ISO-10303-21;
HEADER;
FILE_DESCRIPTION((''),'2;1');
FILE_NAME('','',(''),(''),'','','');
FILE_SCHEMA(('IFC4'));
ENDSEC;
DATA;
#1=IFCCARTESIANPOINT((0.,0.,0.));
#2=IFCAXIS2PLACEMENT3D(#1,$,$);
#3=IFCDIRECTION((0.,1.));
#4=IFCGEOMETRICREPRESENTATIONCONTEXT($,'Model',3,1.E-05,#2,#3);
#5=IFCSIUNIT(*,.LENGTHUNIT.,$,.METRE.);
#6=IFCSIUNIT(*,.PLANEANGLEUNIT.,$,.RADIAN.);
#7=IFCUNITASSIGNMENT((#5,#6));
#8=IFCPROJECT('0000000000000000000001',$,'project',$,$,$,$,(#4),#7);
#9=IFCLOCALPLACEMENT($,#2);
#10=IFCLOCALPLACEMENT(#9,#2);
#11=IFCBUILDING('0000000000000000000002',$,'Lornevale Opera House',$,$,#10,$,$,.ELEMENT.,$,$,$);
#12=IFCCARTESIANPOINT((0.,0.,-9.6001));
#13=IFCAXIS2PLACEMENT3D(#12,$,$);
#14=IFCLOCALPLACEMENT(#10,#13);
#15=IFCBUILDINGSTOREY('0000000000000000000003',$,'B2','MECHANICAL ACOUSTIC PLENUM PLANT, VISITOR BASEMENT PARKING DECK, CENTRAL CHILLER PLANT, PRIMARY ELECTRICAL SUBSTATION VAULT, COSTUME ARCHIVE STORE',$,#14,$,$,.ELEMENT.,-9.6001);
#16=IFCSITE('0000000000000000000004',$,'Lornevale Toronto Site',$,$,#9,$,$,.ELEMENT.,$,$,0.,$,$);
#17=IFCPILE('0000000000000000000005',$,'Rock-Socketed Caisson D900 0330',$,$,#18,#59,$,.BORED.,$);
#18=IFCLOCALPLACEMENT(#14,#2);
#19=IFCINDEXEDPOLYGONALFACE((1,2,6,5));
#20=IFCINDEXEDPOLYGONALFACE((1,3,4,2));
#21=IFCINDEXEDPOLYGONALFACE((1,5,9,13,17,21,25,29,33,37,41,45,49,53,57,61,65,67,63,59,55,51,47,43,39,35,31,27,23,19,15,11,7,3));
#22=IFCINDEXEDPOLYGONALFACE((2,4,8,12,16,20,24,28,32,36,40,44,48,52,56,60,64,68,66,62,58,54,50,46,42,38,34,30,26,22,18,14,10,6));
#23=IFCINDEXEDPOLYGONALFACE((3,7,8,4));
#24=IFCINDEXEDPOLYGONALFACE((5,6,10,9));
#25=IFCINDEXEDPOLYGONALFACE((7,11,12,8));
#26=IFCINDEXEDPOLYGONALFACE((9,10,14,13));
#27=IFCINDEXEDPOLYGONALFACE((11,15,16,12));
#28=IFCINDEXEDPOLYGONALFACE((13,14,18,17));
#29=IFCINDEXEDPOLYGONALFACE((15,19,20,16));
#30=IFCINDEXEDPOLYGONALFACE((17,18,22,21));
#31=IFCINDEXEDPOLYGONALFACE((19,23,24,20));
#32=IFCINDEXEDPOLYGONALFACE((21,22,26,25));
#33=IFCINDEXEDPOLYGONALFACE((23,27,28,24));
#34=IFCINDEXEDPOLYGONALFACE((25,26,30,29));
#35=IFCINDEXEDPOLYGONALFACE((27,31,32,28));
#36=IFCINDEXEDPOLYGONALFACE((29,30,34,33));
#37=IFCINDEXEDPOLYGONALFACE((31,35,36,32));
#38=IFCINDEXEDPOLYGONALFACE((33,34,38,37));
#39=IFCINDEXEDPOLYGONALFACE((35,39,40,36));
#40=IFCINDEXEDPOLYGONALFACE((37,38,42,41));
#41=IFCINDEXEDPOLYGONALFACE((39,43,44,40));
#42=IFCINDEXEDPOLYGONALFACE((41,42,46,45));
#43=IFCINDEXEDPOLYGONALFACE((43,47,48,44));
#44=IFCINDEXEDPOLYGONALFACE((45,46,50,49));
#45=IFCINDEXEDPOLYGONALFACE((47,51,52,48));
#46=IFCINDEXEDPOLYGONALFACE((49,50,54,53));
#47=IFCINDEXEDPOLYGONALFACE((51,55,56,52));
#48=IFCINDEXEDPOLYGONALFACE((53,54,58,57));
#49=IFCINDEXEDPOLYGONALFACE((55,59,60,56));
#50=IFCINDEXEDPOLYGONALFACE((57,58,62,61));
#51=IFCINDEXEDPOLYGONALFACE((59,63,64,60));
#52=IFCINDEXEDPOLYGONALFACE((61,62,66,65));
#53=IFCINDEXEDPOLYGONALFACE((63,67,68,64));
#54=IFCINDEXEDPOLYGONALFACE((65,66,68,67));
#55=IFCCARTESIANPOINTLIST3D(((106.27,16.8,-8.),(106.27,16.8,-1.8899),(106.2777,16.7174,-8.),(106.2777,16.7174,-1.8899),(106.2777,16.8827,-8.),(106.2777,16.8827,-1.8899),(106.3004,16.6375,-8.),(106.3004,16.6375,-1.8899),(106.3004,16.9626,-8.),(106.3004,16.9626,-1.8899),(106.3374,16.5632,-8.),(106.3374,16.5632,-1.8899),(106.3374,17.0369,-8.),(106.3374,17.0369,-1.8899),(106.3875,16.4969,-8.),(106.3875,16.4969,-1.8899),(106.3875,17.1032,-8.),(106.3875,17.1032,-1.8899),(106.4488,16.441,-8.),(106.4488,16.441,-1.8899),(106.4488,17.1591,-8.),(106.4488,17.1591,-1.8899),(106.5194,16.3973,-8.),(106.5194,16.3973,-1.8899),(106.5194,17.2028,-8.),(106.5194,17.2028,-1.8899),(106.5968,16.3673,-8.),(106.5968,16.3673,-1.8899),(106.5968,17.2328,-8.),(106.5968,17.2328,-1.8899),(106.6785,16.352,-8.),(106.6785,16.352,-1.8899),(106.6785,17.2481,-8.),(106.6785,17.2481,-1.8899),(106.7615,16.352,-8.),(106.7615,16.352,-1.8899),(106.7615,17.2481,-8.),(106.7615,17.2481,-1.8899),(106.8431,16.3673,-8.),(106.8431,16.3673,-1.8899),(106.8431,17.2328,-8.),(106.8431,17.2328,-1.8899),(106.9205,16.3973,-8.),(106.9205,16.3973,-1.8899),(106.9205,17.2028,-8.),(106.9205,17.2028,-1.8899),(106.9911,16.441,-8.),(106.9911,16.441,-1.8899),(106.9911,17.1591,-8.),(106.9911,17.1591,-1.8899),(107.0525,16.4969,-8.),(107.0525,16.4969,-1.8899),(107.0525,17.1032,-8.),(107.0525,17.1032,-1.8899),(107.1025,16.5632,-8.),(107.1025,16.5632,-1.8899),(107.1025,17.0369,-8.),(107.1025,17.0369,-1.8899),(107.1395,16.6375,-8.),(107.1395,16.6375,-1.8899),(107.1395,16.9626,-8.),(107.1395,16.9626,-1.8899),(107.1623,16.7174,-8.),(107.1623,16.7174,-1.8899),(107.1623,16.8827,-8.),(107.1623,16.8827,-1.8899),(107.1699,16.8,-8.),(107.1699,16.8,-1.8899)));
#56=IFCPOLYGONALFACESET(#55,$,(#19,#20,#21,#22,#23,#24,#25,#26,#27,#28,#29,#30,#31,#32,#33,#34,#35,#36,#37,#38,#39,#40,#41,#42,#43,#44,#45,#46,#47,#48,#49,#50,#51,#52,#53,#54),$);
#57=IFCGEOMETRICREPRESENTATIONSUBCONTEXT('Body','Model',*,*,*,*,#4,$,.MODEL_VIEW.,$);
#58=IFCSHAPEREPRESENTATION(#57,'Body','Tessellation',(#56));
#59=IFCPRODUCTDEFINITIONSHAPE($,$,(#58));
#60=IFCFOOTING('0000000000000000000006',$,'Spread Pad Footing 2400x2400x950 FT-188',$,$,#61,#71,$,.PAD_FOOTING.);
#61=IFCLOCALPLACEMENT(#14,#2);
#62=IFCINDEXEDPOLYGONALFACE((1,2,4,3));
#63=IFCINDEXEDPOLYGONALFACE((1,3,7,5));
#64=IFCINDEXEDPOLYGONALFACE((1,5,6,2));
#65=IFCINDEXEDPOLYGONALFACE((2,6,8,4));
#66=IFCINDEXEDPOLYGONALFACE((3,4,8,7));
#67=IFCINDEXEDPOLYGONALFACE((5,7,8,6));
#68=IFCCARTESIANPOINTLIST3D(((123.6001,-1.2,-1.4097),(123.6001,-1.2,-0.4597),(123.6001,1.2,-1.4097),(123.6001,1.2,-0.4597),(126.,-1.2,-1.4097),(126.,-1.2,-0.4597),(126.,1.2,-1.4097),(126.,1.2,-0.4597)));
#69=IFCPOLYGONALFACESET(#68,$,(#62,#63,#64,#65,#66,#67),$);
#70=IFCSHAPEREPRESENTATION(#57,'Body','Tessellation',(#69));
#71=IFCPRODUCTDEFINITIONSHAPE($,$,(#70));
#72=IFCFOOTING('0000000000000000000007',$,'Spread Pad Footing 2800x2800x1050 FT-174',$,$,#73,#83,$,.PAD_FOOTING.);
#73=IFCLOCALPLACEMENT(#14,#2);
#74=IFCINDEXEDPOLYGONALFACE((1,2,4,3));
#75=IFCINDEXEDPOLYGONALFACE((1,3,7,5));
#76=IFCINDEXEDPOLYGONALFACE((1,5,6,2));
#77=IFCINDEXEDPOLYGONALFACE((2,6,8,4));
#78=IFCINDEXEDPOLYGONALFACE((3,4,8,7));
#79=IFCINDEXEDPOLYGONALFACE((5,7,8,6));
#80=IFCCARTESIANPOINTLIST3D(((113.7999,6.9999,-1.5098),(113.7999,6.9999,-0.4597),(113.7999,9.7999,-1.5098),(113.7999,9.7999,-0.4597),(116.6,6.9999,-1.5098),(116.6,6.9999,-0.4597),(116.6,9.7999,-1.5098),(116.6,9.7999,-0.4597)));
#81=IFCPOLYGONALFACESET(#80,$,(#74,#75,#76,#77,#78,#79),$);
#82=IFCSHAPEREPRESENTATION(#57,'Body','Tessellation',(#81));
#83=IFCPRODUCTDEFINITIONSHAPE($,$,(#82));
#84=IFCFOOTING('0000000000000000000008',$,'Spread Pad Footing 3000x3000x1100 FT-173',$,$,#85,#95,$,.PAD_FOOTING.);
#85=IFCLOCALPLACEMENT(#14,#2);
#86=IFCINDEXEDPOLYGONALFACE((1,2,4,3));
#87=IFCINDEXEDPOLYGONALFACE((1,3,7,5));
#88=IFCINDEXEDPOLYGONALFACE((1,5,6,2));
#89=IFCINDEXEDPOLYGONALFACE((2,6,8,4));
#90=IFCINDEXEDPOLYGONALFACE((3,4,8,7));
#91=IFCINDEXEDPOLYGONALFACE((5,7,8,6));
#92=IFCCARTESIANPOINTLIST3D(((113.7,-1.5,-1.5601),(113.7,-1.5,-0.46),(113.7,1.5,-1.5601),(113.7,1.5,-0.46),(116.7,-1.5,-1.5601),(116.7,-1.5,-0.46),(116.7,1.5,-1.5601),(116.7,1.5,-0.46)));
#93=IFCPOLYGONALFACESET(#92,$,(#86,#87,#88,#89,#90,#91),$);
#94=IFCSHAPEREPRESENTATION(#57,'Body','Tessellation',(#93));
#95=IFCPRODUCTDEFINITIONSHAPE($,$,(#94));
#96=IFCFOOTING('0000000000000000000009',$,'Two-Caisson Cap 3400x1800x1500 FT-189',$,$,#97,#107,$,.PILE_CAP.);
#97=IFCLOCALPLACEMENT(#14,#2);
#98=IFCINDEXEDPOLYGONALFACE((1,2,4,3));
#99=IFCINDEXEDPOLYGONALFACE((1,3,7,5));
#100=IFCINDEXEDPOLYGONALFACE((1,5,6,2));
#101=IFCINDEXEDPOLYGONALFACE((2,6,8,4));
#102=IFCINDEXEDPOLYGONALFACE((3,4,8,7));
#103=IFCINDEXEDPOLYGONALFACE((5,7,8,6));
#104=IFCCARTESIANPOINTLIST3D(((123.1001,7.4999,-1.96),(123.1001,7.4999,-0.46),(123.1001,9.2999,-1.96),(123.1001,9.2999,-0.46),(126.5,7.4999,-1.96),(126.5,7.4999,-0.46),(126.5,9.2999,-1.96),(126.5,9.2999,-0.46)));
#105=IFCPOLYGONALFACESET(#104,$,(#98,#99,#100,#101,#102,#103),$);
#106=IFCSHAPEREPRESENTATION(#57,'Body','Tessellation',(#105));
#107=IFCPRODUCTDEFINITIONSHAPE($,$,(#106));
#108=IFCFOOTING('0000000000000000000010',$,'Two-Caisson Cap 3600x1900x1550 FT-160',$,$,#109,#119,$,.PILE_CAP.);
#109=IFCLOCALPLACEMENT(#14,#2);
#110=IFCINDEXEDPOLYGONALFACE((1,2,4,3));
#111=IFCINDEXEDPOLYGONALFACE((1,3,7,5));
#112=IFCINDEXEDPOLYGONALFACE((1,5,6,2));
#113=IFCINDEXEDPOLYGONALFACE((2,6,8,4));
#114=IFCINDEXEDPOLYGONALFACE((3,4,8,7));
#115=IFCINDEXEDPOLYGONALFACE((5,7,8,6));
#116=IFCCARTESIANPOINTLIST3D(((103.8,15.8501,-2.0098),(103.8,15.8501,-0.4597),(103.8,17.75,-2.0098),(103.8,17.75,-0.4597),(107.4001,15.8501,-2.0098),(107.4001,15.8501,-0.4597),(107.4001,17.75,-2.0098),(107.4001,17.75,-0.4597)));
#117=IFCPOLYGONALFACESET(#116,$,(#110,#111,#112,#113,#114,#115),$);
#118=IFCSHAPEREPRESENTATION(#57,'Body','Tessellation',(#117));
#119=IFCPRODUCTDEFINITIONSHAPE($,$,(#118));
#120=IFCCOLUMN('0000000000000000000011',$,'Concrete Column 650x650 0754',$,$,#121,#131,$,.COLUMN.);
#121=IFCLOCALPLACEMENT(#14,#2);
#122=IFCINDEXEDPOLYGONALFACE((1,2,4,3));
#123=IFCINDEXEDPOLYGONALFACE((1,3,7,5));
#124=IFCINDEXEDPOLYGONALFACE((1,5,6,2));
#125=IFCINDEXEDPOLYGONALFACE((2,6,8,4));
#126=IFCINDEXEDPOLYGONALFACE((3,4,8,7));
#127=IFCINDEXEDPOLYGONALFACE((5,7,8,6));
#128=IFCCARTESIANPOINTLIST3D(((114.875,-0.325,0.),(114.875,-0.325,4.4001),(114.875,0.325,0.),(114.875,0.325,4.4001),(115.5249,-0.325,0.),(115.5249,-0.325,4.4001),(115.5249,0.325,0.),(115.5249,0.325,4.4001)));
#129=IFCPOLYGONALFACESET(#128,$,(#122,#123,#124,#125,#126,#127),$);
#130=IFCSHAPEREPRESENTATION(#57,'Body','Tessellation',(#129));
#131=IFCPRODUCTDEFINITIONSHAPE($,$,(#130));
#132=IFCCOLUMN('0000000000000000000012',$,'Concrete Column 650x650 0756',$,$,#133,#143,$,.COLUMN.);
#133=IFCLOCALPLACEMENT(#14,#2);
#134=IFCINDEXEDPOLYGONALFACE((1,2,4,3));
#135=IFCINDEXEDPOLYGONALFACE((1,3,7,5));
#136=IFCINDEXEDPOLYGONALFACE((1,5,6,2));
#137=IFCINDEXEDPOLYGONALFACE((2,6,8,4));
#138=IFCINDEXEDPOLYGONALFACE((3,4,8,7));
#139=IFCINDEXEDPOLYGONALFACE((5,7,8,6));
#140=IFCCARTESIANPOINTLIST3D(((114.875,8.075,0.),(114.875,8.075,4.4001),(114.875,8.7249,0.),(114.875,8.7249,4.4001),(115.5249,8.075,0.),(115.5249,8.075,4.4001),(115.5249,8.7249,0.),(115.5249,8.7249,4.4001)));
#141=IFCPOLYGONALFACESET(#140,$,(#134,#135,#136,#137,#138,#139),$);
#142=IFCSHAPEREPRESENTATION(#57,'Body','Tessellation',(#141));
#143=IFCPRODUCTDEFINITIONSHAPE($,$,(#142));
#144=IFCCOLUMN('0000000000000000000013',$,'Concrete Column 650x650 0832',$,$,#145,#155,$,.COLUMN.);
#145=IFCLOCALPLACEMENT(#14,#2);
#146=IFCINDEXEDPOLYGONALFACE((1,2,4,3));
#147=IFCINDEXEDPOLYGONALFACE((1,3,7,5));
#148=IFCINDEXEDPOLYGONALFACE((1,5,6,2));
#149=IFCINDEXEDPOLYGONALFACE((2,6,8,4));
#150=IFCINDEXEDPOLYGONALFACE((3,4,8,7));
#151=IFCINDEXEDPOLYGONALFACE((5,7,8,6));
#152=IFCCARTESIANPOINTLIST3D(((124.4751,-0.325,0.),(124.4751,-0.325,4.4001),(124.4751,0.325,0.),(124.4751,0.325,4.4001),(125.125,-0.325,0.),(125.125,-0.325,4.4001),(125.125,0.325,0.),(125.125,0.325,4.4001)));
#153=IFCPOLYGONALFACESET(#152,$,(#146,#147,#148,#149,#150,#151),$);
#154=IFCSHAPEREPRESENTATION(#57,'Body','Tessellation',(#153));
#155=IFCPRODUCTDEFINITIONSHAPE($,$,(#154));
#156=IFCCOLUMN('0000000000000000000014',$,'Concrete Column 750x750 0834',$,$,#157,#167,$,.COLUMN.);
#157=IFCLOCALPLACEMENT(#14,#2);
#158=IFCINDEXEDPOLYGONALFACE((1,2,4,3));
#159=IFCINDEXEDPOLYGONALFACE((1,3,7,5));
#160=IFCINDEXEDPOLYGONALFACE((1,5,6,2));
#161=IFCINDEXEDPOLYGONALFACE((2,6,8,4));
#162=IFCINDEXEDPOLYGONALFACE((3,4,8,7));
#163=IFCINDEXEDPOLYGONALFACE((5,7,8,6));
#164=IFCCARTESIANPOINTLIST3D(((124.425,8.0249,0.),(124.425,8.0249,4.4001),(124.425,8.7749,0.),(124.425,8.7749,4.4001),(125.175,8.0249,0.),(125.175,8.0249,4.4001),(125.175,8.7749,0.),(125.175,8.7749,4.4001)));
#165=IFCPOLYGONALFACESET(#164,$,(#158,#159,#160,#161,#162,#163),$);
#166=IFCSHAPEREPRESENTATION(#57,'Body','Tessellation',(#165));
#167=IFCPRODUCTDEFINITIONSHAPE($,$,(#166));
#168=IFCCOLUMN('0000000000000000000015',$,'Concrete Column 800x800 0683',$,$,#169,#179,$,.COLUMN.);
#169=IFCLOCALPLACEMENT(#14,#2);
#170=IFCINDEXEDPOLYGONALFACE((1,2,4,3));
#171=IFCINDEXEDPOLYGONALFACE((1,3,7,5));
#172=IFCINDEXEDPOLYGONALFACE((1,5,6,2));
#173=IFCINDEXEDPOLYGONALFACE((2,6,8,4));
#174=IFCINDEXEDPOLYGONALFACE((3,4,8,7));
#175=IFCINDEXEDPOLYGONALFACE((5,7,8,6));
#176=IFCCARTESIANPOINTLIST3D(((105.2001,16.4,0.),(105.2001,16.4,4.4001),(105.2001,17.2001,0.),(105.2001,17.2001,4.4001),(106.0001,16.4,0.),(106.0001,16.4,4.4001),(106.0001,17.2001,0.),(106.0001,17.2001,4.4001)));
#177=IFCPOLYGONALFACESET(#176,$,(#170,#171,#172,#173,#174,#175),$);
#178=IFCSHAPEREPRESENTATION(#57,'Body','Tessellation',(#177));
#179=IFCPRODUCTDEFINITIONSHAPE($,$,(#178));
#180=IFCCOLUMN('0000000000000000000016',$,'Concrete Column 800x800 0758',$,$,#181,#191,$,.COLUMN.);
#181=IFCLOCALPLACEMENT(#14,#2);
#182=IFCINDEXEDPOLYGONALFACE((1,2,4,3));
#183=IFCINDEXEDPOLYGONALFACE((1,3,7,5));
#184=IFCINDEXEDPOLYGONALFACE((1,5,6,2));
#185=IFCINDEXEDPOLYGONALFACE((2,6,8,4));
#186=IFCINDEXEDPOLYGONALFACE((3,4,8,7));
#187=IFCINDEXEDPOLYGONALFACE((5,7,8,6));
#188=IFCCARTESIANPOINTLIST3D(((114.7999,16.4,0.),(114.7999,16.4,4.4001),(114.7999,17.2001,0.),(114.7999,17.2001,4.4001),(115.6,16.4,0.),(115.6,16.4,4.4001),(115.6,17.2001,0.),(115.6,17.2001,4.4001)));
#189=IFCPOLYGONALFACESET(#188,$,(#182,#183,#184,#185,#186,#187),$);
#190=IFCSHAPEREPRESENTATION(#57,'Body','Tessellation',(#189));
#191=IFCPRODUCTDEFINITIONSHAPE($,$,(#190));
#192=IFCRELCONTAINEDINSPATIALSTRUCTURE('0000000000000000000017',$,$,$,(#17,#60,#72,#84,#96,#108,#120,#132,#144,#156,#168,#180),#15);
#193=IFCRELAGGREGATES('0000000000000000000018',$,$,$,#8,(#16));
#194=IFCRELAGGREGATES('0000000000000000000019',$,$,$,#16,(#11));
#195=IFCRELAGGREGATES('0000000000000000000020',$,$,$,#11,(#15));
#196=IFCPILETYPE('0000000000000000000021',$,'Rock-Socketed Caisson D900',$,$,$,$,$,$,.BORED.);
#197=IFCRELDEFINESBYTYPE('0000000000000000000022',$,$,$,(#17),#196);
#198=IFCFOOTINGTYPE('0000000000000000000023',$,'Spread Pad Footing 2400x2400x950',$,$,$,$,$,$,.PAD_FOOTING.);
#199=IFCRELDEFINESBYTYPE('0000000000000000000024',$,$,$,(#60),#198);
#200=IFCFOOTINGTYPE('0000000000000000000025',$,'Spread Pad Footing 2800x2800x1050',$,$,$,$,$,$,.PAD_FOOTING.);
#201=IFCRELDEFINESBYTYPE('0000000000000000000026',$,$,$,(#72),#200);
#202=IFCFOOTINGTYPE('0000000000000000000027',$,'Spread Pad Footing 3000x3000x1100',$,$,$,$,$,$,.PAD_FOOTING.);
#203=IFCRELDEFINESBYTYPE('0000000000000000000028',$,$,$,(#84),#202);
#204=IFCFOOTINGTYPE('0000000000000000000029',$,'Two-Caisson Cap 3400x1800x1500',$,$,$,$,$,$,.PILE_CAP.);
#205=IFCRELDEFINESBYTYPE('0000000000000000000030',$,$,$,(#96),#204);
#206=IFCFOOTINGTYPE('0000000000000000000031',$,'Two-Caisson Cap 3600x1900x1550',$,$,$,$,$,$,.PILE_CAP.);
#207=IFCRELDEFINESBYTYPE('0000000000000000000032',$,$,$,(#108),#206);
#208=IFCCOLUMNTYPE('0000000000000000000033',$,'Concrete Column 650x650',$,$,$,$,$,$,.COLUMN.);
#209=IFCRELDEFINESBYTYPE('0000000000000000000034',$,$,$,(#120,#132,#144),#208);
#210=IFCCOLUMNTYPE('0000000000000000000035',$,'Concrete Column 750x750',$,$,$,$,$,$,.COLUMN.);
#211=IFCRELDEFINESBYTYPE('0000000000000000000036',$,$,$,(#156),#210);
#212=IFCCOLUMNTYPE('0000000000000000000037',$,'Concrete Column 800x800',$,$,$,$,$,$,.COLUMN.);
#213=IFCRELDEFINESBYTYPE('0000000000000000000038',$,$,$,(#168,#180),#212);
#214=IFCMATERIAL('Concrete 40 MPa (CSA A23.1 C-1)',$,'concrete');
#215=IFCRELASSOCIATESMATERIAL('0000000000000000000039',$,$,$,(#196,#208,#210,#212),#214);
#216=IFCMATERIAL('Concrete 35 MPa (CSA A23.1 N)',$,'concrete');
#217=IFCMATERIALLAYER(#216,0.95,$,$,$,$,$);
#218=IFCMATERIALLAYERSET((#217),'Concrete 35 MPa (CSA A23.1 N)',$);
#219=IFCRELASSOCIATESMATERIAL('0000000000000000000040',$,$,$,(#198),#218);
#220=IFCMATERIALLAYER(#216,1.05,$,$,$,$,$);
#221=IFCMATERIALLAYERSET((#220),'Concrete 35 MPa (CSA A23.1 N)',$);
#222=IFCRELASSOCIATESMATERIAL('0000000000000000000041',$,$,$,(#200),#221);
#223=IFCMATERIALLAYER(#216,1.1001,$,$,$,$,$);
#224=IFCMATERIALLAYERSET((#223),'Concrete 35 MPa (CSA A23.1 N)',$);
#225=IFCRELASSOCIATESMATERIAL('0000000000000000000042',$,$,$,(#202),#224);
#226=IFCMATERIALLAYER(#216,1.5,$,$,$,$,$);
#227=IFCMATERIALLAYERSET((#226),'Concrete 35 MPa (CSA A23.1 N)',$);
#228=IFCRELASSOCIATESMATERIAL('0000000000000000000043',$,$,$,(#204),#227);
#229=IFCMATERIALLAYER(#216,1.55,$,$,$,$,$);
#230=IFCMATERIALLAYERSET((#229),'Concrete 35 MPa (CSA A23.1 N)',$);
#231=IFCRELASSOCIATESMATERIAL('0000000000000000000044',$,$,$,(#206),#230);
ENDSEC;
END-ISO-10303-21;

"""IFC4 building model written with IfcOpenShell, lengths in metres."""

from ifc_helpers import new_model, si_unit, direction, frame, origin, origin_2d, place, context, subcontext, project, spatial, rectangle, circle, extrude, material, layer, layer_set, material_profile, profile_set, type_object, element, save


model = new_model("IFC4")

# Units and contexts
model_context = context("Model", 3, precision=1e-05, world=origin(), true_north=direction((0.0, 1.0)))
body_context = subcontext(model_context, "Body", "Model", "MODEL_VIEW")
ifc_project = project(units=[si_unit("LENGTHUNIT", "METRE"), si_unit("PLANEANGLEUNIT", "RADIAN")], contexts=[model_context])

# Site, building, storey
site_placement = place(None, origin())
site = spatial("IfcSite", under=ifc_project, at=site_placement, Name="Lornevale Toronto Site", CompositionType="ELEMENT", RefElevation=0.0)
building_placement = place(site_placement, origin())
building = spatial("IfcBuilding", under=site, at=building_placement, Name="Lornevale Opera House", CompositionType="ELEMENT")
storey_placement = place(building_placement, frame((0.0, 0.0, -9.6001)))
storey = spatial("IfcBuildingStorey", under=building, at=storey_placement, Name="B2", Description="MECHANICAL ACOUSTIC PLENUM PLANT, VISITOR BASEMENT PARKING DECK, CENTRAL CHILLER PLANT, PRIMARY ELECTRICAL SUBSTATION VAULT, COSTUME ARCHIVE STORE", CompositionType="ELEMENT", Elevation=-9.6001)

# Shared definitions
ifc_material_1 = material(Name="Concrete 35 MPa (CSA A23.1 N)", Category="concrete")

# Shared definitions
ifc_material_2 = material(Name="Concrete 40 MPa (CSA A23.1 C-1)", Category="concrete")

# Pile
ifc_material_profile_1 = material_profile(ifc_material_2, circle(Radius=0.45, at=origin_2d()), Name="CAIS900")
ifc_profile_set_1 = profile_set([ifc_material_profile_1], Name="Concrete 40 MPa (CSA A23.1 C-1)")
pile_type_1 = type_object("IfcPileType", Name="Rock-Socketed Caisson D900", PredefinedType="BORED", material=ifc_profile_set_1)
pile_1_placement = place(storey_placement, frame((106.72, 16.8, -1.8899), z_axis=(0.0, 0.0, -1.0), x_axis=(1.0, 0.0, 0.0)))
element("IfcPile", 1, at=pile_1_placement, inside=storey, type_object=pile_type_1, Name="Rock-Socketed Caisson D900 0330", PredefinedType="BORED", context=body_context, shape_type="SweptSolid", body=[
    extrude(circle(Radius=0.45, at=origin_2d()), origin(), (0.0, 0.0, 1.0), 6.1101),
])

# Footings
ifc_layer_1 = layer(ifc_material_1, 0.95)
ifc_layer_set_1 = layer_set([ifc_layer_1], Name="Concrete 35 MPa (CSA A23.1 N)")
footing_type_1 = type_object("IfcFootingType", Name="Spread Pad Footing 2400x2400x950", PredefinedType="PAD_FOOTING", material=ifc_layer_set_1)
footing_1_placement = place(storey_placement, frame((124.8, 0.0, -1.4097), z_axis=(0.0, 0.0, 1.0), x_axis=(1.0, 0.0, 0.0)))
element("IfcFooting", 2, at=footing_1_placement, inside=storey, type_object=footing_type_1, Name="Spread Pad Footing 2400x2400x950 FT-188", PredefinedType="PAD_FOOTING", context=body_context, shape_type="SweptSolid", body=[
    extrude(rectangle(XDim=2.3999, YDim=2.3999, at=origin_2d()), origin(), (0.0, 0.0, 1.0), 0.95),
])
ifc_layer_2 = layer(ifc_material_1, 1.05)
ifc_layer_set_2 = layer_set([ifc_layer_2], Name="Concrete 35 MPa (CSA A23.1 N)")
footing_type_2 = type_object("IfcFootingType", Name="Spread Pad Footing 2800x2800x1050", PredefinedType="PAD_FOOTING", material=ifc_layer_set_2)
footing_2_placement = place(storey_placement, frame((115.2, 8.3999, -1.5098), z_axis=(0.0, 0.0, 1.0), x_axis=(1.0, 0.0, 0.0)))
element("IfcFooting", 3, at=footing_2_placement, inside=storey, type_object=footing_type_2, Name="Spread Pad Footing 2800x2800x1050 FT-174", PredefinedType="PAD_FOOTING", context=body_context, shape_type="SweptSolid", body=[
    extrude(rectangle(XDim=2.8, YDim=2.8, at=origin_2d()), origin(), (0.0, 0.0, 1.0), 1.05),
])
ifc_layer_3 = layer(ifc_material_1, 1.1001)
ifc_layer_set_3 = layer_set([ifc_layer_3], Name="Concrete 35 MPa (CSA A23.1 N)")
footing_type_3 = type_object("IfcFootingType", Name="Spread Pad Footing 3000x3000x1100", PredefinedType="PAD_FOOTING", material=ifc_layer_set_3)
footing_3_placement = place(storey_placement, frame((115.2, 0.0, -1.5601), z_axis=(0.0, 0.0, 1.0), x_axis=(1.0, 0.0, 0.0)))
element("IfcFooting", 4, at=footing_3_placement, inside=storey, type_object=footing_type_3, Name="Spread Pad Footing 3000x3000x1100 FT-173", PredefinedType="PAD_FOOTING", context=body_context, shape_type="SweptSolid", body=[
    extrude(rectangle(XDim=3.0, YDim=3.0, at=origin_2d()), origin(), (0.0, 0.0, 1.0), 1.1001),
])
ifc_layer_4 = layer(ifc_material_1, 1.5)
ifc_layer_set_4 = layer_set([ifc_layer_4], Name="Concrete 35 MPa (CSA A23.1 N)")
footing_type_4 = type_object("IfcFootingType", Name="Two-Caisson Cap 3400x1800x1500", PredefinedType="PILE_CAP", material=ifc_layer_set_4)
footing_4_placement = place(storey_placement, frame((124.8, 8.3999, -1.96), z_axis=(0.0, 0.0, 1.0), x_axis=(1.0, 0.0, 0.0)))
element("IfcFooting", 5, at=footing_4_placement, inside=storey, type_object=footing_type_4, Name="Two-Caisson Cap 3400x1800x1500 FT-189", PredefinedType="PILE_CAP", context=body_context, shape_type="SweptSolid", body=[
    extrude(rectangle(XDim=3.3999, YDim=1.8, at=origin_2d()), origin(), (0.0, 0.0, 1.0), 1.5),
])
ifc_layer_5 = layer(ifc_material_1, 1.55)
ifc_layer_set_5 = layer_set([ifc_layer_5], Name="Concrete 35 MPa (CSA A23.1 N)")
footing_type_5 = type_object("IfcFootingType", Name="Two-Caisson Cap 3600x1900x1550", PredefinedType="PILE_CAP", material=ifc_layer_set_5)
footing_5_placement = place(storey_placement, frame((105.6001, 16.8, -2.0098), z_axis=(0.0, 0.0, 1.0), x_axis=(1.0, 0.0, 0.0)))
element("IfcFooting", 6, at=footing_5_placement, inside=storey, type_object=footing_type_5, Name="Two-Caisson Cap 3600x1900x1550 FT-160", PredefinedType="PILE_CAP", context=body_context, shape_type="SweptSolid", body=[
    extrude(rectangle(XDim=3.6001, YDim=1.8999, at=origin_2d()), origin(), (0.0, 0.0, 1.0), 1.55),
])

# Columns
ifc_material_profile_2 = material_profile(ifc_material_2, rectangle(XDim=0.6499, YDim=0.6499, at=origin_2d()), Name="RC650x650")
ifc_profile_set_2 = profile_set([ifc_material_profile_2], Name="Concrete 40 MPa (CSA A23.1 C-1)")
column_type_1 = type_object("IfcColumnType", Name="Concrete Column 650x650", PredefinedType="COLUMN", material=ifc_profile_set_2)
for number, where, z_axis, x_axis, name in (
    (7, (115.2, 0.0, 0.0), (0.0, 0.0, 1.0), (1.0, 0.0, 0.0), "Concrete Column 650x650 0754"),
    (8, (115.2, 8.3999, 0.0), (0.0, 0.0, 1.0), (1.0, 0.0, 0.0), "Concrete Column 650x650 0756"),
    (9, (124.8, 0.0, 0.0), (0.0, 0.0, 1.0), (1.0, 0.0, 0.0), "Concrete Column 650x650 0832"),
):
    element("IfcColumn", number, at=place(storey_placement, frame(where, z_axis=z_axis, x_axis=x_axis)), inside=storey, type_object=column_type_1, Name=name, PredefinedType="COLUMN", context=body_context, shape_type="SweptSolid", body=[
        extrude(rectangle(XDim=0.6499, YDim=0.6499, at=origin_2d()), origin(), (0.0, 0.0, 1.0), 4.4001),
    ])
ifc_material_profile_3 = material_profile(ifc_material_2, rectangle(XDim=0.75, YDim=0.75, at=origin_2d()), Name="RC750x750")
ifc_profile_set_3 = profile_set([ifc_material_profile_3], Name="Concrete 40 MPa (CSA A23.1 C-1)")
column_type_2 = type_object("IfcColumnType", Name="Concrete Column 750x750", PredefinedType="COLUMN", material=ifc_profile_set_3)
column_placement = place(storey_placement, frame((124.8, 8.3999, 0.0), z_axis=(0.0, 0.0, 1.0), x_axis=(1.0, 0.0, 0.0)))
element("IfcColumn", 10, at=column_placement, inside=storey, type_object=column_type_2, Name="Concrete Column 750x750 0834", PredefinedType="COLUMN", context=body_context, shape_type="SweptSolid", body=[
    extrude(rectangle(XDim=0.75, YDim=0.75, at=origin_2d()), origin(), (0.0, 0.0, 1.0), 4.4001),
])
ifc_material_profile_4 = material_profile(ifc_material_2, rectangle(XDim=0.8, YDim=0.8, at=origin_2d()), Name="RC800x800")
ifc_profile_set_4 = profile_set([ifc_material_profile_4], Name="Concrete 40 MPa (CSA A23.1 C-1)")
column_type_3 = type_object("IfcColumnType", Name="Concrete Column 800x800", PredefinedType="COLUMN", material=ifc_profile_set_4)
for number, where, z_axis, x_axis, name in (
    (11, (105.6001, 16.8, 0.0), (0.0, 0.0, 1.0), (1.0, 0.0, 0.0), "Concrete Column 800x800 0683"),
    (12, (115.2, 16.8, 0.0), (0.0, 0.0, 1.0), (1.0, 0.0, 0.0), "Concrete Column 800x800 0758"),
):
    element("IfcColumn", number, at=place(storey_placement, frame(where, z_axis=z_axis, x_axis=x_axis)), inside=storey, type_object=column_type_3, Name=name, PredefinedType="COLUMN", context=body_context, shape_type="SweptSolid", body=[
        extrude(rectangle(XDim=0.8, YDim=0.8, at=origin_2d()), origin(), (0.0, 0.0, 1.0), 4.4001),
    ])

save(model, "model.ifc")
